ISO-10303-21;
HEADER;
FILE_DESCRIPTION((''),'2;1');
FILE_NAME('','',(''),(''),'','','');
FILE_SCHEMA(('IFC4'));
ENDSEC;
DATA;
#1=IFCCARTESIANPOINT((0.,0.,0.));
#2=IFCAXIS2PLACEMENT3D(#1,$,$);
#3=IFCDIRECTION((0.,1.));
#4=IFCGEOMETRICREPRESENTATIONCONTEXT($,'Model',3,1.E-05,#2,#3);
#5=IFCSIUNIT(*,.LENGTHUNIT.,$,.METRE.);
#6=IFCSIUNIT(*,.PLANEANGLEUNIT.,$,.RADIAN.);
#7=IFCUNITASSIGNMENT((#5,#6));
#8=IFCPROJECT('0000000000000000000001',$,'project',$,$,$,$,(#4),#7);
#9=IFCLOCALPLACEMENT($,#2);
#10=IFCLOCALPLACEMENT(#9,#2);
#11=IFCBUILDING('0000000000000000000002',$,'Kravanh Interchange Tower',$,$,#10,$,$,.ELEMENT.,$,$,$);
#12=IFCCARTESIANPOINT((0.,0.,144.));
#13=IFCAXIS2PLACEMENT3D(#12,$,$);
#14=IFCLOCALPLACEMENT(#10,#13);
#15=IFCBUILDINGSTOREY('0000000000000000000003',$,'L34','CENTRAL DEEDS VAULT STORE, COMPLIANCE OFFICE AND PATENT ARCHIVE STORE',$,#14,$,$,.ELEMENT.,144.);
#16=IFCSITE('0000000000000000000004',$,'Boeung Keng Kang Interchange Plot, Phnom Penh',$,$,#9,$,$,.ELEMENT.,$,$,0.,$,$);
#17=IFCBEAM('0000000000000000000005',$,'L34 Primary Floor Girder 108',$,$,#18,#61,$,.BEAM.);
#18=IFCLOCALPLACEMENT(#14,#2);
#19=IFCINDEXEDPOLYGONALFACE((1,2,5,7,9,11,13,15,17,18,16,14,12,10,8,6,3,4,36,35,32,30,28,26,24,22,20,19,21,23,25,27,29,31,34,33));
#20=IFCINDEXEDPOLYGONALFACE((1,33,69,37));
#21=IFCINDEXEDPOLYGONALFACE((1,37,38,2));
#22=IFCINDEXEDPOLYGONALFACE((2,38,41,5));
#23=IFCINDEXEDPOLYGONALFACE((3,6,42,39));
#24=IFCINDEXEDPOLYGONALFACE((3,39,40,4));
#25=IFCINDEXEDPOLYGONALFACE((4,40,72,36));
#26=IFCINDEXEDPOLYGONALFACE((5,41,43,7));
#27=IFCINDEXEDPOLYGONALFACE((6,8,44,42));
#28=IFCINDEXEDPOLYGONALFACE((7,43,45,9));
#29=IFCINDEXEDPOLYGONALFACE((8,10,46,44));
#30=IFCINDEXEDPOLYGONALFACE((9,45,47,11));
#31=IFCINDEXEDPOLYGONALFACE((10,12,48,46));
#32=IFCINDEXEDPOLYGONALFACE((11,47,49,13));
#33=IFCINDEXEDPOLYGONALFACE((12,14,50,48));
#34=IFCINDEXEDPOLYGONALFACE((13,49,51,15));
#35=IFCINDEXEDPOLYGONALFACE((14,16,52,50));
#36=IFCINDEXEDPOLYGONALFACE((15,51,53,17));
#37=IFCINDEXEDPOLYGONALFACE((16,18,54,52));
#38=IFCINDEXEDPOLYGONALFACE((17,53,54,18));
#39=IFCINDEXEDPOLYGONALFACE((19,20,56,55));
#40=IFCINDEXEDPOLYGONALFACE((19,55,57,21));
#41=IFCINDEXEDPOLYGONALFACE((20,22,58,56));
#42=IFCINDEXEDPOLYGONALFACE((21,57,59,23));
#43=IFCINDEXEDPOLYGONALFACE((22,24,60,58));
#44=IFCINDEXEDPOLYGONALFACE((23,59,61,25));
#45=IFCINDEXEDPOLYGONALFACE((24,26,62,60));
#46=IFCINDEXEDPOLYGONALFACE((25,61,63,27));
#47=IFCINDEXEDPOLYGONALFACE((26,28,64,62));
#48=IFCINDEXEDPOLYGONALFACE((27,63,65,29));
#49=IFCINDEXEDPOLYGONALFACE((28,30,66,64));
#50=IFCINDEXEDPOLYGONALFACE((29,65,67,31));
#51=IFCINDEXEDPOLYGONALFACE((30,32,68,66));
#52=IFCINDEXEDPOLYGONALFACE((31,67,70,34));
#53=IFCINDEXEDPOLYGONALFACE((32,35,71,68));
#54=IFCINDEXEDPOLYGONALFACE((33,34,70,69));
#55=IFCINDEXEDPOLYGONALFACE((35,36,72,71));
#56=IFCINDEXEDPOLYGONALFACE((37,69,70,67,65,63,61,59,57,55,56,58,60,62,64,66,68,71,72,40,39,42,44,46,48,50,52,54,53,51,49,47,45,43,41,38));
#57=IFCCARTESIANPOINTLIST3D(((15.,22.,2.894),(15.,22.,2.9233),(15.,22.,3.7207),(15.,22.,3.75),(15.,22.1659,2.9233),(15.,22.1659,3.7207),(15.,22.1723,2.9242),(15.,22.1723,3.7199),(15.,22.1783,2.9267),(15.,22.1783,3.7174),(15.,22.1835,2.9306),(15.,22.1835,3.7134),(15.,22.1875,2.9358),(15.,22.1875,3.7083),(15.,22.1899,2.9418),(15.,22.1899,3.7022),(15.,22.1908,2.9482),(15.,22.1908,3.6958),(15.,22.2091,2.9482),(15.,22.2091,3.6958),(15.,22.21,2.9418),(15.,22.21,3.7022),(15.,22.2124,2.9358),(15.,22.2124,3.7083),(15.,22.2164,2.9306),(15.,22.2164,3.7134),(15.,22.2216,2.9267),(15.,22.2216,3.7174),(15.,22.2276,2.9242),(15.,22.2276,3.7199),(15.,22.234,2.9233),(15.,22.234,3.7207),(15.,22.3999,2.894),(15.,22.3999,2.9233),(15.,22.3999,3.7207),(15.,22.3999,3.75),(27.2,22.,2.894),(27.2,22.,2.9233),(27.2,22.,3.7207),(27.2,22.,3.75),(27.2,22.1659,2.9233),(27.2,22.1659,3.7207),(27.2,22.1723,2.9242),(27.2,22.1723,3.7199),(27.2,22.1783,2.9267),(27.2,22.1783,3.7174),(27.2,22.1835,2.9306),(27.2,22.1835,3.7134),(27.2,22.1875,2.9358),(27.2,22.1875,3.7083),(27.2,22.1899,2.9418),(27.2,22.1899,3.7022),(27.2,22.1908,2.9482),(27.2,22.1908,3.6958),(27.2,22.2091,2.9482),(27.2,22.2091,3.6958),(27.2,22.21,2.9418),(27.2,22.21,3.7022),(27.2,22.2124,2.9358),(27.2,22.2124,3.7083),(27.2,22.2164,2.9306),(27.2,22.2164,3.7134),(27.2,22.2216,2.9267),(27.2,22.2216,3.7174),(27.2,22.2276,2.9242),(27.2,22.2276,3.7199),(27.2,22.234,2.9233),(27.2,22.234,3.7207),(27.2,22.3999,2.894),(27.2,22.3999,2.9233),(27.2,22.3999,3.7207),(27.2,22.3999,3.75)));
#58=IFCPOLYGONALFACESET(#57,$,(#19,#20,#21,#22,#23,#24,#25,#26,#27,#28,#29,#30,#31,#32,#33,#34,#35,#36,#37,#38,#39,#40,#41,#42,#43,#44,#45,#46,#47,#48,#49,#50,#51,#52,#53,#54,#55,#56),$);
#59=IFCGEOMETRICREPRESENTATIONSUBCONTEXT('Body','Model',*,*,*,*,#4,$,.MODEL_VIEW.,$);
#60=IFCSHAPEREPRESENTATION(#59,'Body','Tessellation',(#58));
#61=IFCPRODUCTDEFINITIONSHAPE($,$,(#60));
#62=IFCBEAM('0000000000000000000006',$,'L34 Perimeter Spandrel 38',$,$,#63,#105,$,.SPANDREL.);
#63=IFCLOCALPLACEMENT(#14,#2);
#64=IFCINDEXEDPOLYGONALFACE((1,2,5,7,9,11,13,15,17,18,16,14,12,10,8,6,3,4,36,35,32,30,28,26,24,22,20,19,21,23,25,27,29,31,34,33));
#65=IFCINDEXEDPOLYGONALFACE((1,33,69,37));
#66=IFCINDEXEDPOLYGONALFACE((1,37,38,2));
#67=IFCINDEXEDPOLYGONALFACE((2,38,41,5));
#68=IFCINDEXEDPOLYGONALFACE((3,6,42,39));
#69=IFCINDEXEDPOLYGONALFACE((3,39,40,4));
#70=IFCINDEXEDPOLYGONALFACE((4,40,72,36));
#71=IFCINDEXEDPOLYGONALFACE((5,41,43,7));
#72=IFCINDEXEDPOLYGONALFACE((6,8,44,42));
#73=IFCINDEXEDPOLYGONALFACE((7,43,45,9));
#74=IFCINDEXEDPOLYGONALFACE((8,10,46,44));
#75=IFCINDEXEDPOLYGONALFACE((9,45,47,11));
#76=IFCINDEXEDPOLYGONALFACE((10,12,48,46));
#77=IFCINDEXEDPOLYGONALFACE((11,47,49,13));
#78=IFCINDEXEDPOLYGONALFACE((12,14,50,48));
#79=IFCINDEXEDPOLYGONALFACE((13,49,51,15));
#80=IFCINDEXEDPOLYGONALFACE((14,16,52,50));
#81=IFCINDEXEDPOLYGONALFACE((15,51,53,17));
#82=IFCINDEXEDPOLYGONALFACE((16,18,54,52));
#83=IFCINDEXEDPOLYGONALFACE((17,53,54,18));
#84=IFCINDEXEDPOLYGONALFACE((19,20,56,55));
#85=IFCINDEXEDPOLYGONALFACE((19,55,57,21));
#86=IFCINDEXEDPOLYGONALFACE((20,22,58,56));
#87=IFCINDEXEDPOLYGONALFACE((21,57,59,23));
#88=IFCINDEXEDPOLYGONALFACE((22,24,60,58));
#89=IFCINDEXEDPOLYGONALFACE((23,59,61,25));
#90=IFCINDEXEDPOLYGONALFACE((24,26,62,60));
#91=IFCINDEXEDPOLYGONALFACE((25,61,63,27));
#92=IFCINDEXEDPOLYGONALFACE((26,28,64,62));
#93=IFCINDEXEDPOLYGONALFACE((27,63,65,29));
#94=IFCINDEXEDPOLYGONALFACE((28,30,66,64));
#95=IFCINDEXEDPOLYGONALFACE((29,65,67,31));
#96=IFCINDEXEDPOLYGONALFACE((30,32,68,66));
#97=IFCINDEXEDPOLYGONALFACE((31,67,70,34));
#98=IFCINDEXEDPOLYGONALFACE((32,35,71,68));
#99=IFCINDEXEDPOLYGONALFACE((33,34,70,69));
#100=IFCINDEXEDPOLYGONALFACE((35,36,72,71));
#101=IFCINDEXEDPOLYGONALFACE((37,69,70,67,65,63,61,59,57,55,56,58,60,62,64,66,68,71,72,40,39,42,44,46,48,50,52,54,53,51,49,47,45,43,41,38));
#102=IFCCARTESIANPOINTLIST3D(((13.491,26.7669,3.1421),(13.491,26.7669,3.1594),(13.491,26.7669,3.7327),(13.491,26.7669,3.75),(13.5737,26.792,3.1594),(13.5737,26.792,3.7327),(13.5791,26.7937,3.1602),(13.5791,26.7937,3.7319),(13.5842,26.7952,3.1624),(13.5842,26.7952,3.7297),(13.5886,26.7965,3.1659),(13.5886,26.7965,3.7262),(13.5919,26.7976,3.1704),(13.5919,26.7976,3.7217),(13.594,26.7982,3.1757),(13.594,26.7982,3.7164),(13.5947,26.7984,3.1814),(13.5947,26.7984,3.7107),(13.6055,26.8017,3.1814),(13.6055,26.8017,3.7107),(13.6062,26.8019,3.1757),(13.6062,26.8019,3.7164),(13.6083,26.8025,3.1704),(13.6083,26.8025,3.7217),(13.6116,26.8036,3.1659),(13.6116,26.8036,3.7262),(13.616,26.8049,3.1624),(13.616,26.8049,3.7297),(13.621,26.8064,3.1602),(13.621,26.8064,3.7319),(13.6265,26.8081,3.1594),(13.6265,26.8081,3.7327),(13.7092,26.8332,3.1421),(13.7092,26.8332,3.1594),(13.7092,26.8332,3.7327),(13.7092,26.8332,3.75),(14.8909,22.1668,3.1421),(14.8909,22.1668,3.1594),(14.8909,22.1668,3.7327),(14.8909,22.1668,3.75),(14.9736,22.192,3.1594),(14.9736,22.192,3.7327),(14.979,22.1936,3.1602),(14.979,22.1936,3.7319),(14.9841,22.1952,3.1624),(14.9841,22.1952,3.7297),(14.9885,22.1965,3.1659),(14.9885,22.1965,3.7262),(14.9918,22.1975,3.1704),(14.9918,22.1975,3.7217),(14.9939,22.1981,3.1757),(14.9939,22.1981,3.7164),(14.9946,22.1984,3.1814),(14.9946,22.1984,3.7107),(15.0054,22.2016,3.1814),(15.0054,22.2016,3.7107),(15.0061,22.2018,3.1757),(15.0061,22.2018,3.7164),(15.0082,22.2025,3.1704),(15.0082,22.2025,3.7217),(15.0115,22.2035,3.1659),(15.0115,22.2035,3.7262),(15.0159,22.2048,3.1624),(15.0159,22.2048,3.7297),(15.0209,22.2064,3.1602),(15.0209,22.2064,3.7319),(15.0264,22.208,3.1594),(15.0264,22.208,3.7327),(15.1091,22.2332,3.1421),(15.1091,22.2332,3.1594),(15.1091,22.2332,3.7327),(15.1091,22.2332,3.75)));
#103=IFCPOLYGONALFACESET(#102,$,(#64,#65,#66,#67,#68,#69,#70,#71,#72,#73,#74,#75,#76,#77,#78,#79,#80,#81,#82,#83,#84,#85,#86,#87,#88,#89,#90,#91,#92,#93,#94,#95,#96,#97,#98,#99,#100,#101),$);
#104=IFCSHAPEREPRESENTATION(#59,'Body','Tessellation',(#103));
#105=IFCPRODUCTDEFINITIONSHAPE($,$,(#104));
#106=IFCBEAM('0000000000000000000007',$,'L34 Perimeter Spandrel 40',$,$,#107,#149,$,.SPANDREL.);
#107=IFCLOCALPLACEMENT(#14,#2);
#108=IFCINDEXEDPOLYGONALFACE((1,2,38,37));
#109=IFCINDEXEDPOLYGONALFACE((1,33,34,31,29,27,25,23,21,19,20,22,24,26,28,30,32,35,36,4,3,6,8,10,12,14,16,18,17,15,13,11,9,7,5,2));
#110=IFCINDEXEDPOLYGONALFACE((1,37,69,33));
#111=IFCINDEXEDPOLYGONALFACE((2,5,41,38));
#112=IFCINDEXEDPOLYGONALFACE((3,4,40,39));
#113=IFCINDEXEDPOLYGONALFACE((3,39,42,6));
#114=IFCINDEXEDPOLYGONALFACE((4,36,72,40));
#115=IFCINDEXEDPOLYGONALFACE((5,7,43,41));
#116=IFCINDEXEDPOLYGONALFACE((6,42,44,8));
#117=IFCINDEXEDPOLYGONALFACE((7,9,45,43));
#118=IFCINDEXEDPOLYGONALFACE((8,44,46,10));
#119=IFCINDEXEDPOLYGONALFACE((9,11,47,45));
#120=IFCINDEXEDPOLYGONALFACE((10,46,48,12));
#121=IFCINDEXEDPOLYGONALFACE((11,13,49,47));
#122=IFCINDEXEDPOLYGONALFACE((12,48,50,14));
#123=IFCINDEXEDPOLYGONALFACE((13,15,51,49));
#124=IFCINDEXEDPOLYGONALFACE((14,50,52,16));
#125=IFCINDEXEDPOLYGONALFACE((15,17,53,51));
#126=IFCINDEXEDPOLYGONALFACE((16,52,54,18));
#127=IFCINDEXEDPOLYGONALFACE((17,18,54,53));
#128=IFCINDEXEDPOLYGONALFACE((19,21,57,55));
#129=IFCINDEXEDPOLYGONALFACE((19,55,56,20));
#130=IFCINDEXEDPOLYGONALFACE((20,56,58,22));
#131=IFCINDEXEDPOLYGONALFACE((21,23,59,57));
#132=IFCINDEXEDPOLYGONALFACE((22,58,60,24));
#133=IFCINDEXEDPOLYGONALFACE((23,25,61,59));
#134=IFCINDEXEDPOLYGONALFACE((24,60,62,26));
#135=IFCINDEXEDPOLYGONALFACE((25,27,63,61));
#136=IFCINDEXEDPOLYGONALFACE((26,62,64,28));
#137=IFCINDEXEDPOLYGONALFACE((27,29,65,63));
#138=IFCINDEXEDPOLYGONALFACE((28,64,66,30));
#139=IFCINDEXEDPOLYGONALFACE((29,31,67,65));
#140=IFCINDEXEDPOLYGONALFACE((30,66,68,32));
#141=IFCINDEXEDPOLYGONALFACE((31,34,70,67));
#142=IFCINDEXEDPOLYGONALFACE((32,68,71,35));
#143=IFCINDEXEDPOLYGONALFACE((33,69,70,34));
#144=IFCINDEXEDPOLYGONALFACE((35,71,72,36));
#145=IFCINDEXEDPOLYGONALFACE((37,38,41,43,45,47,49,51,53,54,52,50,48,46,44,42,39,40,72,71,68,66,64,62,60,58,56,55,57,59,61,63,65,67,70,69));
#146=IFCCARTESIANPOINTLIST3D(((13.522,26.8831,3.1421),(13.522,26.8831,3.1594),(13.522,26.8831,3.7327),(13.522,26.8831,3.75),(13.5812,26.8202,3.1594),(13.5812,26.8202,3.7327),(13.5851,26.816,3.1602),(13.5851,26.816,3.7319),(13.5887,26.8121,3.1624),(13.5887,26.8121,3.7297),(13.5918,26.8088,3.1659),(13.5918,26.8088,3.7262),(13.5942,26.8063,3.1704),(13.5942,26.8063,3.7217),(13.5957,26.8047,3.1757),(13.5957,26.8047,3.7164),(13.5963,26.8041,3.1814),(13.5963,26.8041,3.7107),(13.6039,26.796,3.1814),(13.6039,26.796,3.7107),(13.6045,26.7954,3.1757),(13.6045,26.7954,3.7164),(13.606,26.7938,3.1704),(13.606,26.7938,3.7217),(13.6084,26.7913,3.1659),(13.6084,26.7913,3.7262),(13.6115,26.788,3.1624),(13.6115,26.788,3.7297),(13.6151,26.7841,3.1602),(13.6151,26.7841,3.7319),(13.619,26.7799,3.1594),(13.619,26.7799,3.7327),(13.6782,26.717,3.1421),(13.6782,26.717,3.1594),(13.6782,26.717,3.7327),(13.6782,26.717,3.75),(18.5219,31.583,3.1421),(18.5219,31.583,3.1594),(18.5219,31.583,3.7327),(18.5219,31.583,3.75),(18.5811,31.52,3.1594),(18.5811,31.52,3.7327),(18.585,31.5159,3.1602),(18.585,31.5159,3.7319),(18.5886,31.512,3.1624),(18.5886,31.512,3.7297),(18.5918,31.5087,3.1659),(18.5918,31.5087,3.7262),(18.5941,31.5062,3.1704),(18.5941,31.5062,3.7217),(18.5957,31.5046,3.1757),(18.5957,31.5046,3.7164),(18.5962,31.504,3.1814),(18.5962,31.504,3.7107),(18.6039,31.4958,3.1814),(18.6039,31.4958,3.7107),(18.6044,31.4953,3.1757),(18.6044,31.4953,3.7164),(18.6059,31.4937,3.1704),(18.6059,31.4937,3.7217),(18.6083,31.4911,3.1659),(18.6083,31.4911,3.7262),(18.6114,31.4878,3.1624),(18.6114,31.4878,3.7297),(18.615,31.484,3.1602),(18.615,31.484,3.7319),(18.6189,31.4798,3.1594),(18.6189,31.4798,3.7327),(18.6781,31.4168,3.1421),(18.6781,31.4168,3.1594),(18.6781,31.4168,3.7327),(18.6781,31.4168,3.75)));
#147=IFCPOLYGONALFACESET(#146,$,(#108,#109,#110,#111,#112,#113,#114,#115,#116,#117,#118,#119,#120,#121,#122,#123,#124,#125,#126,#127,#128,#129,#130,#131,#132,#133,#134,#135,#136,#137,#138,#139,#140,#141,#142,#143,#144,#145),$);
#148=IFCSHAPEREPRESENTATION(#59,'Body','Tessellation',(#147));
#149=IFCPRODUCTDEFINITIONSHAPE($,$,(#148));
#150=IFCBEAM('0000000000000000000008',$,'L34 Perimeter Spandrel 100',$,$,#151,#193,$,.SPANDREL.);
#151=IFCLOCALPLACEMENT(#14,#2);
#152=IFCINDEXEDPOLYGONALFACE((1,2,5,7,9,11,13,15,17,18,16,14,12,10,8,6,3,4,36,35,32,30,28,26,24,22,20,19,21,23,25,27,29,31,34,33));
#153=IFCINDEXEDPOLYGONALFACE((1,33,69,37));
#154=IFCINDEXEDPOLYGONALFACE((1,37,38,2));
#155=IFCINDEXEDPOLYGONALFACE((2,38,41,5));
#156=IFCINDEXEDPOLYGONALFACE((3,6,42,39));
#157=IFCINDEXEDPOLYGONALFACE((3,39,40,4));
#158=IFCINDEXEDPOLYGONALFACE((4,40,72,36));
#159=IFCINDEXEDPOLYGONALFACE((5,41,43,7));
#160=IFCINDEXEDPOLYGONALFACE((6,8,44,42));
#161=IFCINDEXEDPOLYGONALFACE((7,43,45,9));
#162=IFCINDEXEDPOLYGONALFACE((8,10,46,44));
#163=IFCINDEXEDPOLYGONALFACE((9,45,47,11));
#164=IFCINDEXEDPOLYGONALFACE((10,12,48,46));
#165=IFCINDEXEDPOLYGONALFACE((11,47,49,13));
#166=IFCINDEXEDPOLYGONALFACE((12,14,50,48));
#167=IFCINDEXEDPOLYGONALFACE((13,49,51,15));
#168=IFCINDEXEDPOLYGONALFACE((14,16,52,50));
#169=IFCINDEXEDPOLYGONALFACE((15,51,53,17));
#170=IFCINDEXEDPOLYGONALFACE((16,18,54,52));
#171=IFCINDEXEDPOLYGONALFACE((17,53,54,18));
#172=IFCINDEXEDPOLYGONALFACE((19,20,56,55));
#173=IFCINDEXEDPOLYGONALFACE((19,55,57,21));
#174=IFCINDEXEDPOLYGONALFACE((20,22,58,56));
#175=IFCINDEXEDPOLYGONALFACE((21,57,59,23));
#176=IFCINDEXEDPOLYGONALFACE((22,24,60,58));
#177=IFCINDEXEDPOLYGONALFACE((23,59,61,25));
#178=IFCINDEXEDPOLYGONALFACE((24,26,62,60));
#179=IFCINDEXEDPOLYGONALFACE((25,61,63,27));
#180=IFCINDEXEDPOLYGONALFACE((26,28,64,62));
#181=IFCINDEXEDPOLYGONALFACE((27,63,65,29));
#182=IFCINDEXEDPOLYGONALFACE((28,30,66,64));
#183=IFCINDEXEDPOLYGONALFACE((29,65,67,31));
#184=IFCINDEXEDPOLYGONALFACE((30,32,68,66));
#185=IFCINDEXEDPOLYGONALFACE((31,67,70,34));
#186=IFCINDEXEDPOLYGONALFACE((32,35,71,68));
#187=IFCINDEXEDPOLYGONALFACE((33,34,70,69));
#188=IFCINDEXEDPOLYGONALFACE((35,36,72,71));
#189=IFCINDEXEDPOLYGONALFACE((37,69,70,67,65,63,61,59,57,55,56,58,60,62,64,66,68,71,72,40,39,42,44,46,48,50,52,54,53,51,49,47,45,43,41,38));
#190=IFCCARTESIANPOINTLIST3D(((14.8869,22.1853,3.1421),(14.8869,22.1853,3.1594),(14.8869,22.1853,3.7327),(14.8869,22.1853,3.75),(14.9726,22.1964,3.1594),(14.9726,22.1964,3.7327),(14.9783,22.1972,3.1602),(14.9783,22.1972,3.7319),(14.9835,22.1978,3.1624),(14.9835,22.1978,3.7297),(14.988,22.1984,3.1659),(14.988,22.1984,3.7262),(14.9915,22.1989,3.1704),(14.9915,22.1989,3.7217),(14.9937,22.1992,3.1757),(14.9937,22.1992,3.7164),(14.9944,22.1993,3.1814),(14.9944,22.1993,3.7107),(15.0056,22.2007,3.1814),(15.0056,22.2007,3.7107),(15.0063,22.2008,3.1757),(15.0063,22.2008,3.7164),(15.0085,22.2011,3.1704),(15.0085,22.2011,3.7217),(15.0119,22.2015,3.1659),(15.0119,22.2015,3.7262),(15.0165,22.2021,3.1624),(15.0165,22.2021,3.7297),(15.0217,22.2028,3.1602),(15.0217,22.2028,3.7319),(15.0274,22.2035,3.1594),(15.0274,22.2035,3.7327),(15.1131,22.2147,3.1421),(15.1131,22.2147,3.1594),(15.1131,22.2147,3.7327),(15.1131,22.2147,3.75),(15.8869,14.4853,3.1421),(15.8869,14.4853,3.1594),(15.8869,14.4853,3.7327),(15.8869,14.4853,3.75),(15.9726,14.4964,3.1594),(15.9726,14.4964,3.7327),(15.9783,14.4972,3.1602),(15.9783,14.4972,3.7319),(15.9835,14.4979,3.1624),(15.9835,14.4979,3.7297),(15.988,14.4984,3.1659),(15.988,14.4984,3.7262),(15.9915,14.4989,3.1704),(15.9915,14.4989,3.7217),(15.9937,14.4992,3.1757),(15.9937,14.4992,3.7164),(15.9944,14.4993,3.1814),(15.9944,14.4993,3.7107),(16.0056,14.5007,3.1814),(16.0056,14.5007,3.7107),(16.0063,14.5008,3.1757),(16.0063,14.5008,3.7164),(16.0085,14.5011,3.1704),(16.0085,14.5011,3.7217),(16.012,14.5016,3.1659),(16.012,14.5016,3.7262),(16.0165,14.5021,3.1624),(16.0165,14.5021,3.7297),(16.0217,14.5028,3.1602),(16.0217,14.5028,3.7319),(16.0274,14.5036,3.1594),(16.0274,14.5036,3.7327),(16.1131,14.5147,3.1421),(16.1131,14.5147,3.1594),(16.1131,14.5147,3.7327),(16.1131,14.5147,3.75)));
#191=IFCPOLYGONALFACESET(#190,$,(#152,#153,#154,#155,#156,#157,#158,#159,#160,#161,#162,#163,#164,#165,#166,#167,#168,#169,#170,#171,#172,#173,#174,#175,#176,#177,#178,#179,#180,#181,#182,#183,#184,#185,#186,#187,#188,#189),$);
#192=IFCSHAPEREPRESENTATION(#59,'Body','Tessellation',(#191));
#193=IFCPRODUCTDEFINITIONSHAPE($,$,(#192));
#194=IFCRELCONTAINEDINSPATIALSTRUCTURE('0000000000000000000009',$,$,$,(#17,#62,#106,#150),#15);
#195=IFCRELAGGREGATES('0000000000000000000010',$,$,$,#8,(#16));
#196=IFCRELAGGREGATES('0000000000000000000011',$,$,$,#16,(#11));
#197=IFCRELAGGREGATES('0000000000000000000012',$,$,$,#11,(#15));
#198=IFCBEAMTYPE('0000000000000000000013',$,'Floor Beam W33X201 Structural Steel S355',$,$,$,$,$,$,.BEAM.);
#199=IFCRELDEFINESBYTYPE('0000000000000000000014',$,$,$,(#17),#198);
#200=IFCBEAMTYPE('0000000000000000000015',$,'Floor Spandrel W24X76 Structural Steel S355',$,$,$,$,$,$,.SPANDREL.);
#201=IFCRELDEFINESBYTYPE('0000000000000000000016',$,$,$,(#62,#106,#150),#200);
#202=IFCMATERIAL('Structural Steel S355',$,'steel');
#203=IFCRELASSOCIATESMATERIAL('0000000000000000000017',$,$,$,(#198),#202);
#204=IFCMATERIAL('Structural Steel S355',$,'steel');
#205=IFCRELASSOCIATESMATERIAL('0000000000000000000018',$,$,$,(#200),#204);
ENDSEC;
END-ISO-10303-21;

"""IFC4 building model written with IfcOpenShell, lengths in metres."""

from ifc_helpers import new_model, si_unit, direction, frame, origin, origin_2d, place, context, subcontext, project, spatial, i_section, extrude, material, material_profile, profile_set, type_object, element, save


model = new_model("IFC4")

# Units and contexts
model_context = context("Model", 3, precision=1e-05, world=origin(), true_north=direction((0.0, 1.0)))
body_context = subcontext(model_context, "Body", "Model", "MODEL_VIEW")
ifc_project = project(units=[si_unit("LENGTHUNIT", "METRE"), si_unit("PLANEANGLEUNIT", "RADIAN")], contexts=[model_context])

# Site, building, storey
site_placement = place(None, origin())
site = spatial("IfcSite", under=ifc_project, at=site_placement, Name="Boeung Keng Kang Interchange Plot, Phnom Penh", CompositionType="ELEMENT", RefElevation=0.0)
building_placement = place(site_placement, origin())
building = spatial("IfcBuilding", under=site, at=building_placement, Name="Kravanh Interchange Tower", CompositionType="ELEMENT")
storey_placement = place(building_placement, frame((0.0, 0.0, 144.0)))
storey = spatial("IfcBuildingStorey", under=building, at=storey_placement, Name="L34", Description="CENTRAL DEEDS VAULT STORE, COMPLIANCE OFFICE AND PATENT ARCHIVE STORE", CompositionType="ELEMENT", Elevation=144.0)

# Beams
ifc_material_1 = material(Name="Structural Steel S355", Category="steel")
ifc_material_profile_1 = material_profile(ifc_material_1, i_section(OverallWidth=0.3999, OverallDepth=0.856, WebThickness=0.0183, FlangeThickness=0.0293, FilletRadius=0.0249, at=origin_2d()), Name="W33X201")
ifc_profile_set_1 = profile_set([ifc_material_profile_1], Name="Structural Steel S355")
beam_type_1 = type_object("IfcBeamType", Name="Floor Beam W33X201 Structural Steel S355", PredefinedType="BEAM", material=ifc_profile_set_1)
beam_1_placement = place(storey_placement, frame((15.0, 22.2, 3.322), z_axis=(1.0, 0.0, 0.0), x_axis=(0.0, 1.0, 0.0)))
element("IfcBeam", 1, at=beam_1_placement, inside=storey, type_object=beam_type_1, Name="L34 Primary Floor Girder 108", PredefinedType="BEAM", context=body_context, shape_type="SweptSolid", body=[
    extrude(i_section(OverallWidth=0.3999, OverallDepth=0.856, WebThickness=0.0183, FlangeThickness=0.0293, FilletRadius=0.0249, at=origin_2d()), origin(), (0.0, 0.0, 1.0), 12.2),
])
ifc_material_2 = material(Name="Structural Steel S355", Category="steel")
ifc_material_profile_2 = material_profile(ifc_material_2, i_section(OverallWidth=0.228, OverallDepth=0.6079, WebThickness=0.0112, FlangeThickness=0.0173, FilletRadius=0.022, at=origin_2d()), Name="W24X76")
ifc_profile_set_2 = profile_set([ifc_material_profile_2], Name="Structural Steel S355")
beam_type_2 = type_object("IfcBeamType", Name="Floor Spandrel W24X76 Structural Steel S355", PredefinedType="SPANDREL", material=ifc_profile_set_2)
beam_2_placement = place(storey_placement, frame((13.6001, 26.8, 3.446), z_axis=(0.291137, -0.956681, 0.0), x_axis=(0.956681, 0.291137, 0.0)))
element("IfcBeam", 2, at=beam_2_placement, inside=storey, type_object=beam_type_2, Name="L34 Perimeter Spandrel 38", PredefinedType="SPANDREL", context=body_context, shape_type="SweptSolid", body=[
    extrude(i_section(OverallWidth=0.228, OverallDepth=0.6079, WebThickness=0.0112, FlangeThickness=0.0173, FilletRadius=0.022, at=origin_2d()), origin(), (0.0, 0.0, 1.0), 4.8083),
])
beam_3_placement = place(storey_placement, frame((13.6001, 26.8, 3.446), z_axis=(0.728631, 0.684906, 0.0), x_axis=(-0.684906, 0.728631, 0.0)))
element("IfcBeam", 3, at=beam_3_placement, inside=storey, type_object=beam_type_2, Name="L34 Perimeter Spandrel 40", PredefinedType="SPANDREL", context=body_context, shape_type="SweptSolid", body=[
    extrude(i_section(OverallWidth=0.228, OverallDepth=0.6079, WebThickness=0.0112, FlangeThickness=0.0173, FilletRadius=0.022, at=origin_2d()), origin(), (0.0, 0.0, 1.0), 6.8621),
])
beam_4_placement = place(storey_placement, frame((16.0, 14.5, 3.446), z_axis=(-0.128789, 0.991672, 0.0), x_axis=(-0.991672, -0.128789, 0.0)))
element("IfcBeam", 4, at=beam_4_placement, inside=storey, type_object=beam_type_2, Name="L34 Perimeter Spandrel 100", PredefinedType="SPANDREL", context=body_context, shape_type="SweptSolid", body=[
    extrude(i_section(OverallWidth=0.228, OverallDepth=0.6079, WebThickness=0.0112, FlangeThickness=0.0173, FilletRadius=0.022, at=origin_2d()), origin(), (0.0, 0.0, 1.0), 7.7646),
])

save(model, "model.ifc")
